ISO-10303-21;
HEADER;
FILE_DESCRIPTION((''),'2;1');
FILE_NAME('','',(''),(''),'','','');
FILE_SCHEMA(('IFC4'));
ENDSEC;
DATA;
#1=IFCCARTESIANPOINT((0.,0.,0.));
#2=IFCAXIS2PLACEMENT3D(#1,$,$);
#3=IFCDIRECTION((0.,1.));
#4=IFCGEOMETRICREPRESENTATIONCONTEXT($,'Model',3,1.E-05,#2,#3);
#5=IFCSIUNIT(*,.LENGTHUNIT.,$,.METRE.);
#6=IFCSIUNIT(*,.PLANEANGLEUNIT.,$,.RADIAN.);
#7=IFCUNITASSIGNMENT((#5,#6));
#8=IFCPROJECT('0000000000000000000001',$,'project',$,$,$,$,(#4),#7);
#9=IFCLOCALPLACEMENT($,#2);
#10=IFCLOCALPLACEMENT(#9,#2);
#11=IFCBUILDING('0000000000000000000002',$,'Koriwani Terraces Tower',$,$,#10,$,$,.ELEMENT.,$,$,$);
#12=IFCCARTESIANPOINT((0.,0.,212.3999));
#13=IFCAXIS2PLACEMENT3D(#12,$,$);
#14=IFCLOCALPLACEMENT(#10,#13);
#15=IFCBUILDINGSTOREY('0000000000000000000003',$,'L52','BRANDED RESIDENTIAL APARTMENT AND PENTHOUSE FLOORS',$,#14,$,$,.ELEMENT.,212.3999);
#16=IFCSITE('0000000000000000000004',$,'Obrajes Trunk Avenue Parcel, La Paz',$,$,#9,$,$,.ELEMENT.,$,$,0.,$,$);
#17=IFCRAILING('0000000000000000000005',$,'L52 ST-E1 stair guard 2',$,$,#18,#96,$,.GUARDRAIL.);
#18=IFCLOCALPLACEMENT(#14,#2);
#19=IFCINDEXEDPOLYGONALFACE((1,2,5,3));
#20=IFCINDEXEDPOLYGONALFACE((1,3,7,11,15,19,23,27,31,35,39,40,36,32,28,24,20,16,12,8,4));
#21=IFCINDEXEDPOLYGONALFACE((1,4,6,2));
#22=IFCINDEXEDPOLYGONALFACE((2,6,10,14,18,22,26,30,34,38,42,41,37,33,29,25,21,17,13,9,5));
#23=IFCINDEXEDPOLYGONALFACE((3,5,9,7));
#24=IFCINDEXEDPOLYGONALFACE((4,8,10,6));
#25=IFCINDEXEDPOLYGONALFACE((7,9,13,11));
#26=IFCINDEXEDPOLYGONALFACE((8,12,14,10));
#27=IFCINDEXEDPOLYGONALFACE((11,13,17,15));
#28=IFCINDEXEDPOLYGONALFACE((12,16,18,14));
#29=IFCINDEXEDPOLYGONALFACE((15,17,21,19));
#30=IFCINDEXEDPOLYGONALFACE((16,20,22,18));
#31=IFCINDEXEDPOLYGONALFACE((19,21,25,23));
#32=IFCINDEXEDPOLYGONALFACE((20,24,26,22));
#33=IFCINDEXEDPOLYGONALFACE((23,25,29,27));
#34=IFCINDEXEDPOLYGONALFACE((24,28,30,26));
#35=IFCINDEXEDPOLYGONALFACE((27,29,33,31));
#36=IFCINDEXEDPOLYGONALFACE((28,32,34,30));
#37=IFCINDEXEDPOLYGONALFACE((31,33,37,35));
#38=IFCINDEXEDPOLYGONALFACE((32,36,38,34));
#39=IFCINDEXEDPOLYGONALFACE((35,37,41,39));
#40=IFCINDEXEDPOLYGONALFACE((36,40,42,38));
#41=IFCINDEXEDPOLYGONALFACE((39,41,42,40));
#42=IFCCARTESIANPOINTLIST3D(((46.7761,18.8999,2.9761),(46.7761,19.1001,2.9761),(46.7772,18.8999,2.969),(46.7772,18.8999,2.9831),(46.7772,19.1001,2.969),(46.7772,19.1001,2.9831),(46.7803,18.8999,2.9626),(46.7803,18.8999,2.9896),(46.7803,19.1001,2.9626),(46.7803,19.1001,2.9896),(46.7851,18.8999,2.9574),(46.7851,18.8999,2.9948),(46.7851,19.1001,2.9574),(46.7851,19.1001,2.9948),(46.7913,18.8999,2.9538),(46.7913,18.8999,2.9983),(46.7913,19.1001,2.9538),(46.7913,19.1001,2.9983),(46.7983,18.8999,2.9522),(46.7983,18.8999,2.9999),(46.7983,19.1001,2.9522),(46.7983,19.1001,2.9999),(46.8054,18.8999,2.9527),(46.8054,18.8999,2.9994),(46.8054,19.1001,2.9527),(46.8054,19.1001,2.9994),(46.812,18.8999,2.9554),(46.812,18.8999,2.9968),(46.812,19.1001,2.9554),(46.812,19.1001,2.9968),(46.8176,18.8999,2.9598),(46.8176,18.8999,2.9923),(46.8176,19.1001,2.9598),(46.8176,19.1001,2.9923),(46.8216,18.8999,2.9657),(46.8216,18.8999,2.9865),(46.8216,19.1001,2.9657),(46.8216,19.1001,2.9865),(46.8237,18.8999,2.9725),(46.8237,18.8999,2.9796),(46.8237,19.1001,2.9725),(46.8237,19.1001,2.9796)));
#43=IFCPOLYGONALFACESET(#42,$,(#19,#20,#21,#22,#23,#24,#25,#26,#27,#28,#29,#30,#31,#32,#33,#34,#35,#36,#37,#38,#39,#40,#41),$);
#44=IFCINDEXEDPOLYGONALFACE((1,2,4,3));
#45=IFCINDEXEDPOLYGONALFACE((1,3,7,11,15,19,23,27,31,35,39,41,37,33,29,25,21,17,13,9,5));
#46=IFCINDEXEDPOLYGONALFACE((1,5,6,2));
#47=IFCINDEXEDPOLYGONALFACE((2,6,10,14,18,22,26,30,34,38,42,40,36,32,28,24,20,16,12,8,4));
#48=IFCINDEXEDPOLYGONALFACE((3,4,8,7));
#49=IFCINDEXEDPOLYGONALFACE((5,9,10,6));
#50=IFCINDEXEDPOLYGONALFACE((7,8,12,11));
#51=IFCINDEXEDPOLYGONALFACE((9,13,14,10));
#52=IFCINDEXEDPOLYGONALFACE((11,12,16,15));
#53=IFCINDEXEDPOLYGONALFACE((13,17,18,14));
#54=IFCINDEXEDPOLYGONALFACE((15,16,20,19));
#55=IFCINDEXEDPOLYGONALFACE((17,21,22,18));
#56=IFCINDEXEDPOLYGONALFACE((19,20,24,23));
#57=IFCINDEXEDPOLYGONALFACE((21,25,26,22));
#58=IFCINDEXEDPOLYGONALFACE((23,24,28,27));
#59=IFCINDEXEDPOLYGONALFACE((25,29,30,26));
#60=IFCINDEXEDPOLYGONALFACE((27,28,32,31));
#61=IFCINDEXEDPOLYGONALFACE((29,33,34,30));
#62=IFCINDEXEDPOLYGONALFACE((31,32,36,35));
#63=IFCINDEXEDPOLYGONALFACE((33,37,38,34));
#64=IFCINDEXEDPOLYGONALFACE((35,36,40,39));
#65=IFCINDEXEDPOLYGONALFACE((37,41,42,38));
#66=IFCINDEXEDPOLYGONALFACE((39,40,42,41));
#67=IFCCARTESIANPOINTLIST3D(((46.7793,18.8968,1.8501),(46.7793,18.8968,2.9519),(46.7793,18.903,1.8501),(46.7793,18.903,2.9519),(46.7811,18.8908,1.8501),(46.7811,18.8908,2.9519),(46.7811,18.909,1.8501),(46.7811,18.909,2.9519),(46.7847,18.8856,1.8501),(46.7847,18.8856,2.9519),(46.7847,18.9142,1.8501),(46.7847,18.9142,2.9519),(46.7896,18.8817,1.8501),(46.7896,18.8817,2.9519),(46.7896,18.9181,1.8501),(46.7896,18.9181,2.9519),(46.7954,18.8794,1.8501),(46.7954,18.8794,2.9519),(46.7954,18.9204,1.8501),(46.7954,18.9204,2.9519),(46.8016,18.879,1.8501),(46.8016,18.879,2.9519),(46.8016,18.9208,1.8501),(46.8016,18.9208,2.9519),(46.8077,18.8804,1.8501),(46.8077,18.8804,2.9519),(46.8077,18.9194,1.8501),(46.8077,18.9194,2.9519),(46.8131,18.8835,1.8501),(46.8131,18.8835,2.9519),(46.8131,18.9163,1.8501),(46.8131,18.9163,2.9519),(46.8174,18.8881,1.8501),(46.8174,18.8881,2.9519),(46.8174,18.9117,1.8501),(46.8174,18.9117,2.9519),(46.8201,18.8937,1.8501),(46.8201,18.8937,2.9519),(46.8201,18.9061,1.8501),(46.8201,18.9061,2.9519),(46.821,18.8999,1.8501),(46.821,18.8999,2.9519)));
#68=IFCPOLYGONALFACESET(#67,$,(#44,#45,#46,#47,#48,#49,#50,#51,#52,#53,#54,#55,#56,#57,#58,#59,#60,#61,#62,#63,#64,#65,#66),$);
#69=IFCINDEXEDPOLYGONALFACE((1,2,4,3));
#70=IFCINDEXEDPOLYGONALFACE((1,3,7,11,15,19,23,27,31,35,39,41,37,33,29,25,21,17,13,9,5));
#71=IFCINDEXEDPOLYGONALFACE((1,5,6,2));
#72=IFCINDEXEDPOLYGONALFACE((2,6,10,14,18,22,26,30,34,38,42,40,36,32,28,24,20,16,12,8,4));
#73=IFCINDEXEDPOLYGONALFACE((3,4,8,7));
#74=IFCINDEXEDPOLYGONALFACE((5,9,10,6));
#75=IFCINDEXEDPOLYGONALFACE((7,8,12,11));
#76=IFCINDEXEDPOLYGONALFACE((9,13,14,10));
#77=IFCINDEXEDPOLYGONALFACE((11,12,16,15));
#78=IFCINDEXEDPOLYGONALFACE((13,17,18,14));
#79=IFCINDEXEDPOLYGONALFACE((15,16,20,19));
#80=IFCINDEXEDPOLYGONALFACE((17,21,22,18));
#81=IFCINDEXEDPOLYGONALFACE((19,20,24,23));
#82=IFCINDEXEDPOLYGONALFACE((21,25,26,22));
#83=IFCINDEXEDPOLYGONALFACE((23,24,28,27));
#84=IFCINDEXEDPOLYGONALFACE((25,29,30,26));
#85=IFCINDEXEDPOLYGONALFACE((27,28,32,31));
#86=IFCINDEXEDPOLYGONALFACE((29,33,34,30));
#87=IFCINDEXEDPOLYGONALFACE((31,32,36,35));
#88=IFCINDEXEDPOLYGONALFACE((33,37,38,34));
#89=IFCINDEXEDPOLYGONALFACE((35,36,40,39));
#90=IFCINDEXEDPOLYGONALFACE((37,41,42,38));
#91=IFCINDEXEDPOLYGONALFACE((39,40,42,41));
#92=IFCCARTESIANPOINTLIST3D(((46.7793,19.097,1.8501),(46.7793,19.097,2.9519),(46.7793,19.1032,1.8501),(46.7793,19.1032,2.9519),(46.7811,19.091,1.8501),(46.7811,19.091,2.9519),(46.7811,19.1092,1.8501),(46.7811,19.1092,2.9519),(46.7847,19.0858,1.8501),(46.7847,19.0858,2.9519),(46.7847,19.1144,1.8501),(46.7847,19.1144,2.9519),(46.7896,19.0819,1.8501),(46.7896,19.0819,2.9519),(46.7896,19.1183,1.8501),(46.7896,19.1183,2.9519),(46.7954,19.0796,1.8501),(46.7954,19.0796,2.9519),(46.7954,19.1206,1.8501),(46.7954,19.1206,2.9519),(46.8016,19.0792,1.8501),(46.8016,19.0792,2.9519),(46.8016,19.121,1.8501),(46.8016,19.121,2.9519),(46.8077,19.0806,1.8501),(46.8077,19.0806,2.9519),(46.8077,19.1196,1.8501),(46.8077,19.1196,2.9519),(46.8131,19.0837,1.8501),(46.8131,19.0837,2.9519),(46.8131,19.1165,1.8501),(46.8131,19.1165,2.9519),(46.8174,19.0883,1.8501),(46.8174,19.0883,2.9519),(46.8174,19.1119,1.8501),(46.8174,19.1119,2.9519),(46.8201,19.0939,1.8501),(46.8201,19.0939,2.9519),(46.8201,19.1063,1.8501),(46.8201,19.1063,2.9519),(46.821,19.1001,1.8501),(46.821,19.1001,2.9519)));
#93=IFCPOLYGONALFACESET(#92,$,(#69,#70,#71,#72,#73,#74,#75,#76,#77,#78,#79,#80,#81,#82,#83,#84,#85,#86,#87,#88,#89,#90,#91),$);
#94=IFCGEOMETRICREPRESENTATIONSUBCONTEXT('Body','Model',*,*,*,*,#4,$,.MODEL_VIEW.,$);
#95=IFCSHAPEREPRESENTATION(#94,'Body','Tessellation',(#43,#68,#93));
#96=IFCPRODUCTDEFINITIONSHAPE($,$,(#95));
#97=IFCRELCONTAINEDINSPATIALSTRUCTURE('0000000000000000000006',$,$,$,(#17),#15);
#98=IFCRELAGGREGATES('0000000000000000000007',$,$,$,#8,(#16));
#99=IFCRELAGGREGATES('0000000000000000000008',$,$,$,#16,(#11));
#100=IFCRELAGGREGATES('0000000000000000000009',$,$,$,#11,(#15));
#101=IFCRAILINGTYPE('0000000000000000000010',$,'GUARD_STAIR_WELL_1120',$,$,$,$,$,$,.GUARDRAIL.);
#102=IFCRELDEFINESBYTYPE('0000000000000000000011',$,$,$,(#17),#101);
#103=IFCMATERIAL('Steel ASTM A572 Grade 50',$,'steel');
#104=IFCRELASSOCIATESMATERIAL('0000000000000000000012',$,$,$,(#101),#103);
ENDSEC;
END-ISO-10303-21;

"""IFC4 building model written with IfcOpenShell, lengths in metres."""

from ifc_helpers import new_model, si_unit, direction, frame, origin, origin_2d, place, context, subcontext, project, spatial, circle, extrude, material, type_object, element, save


model = new_model("IFC4")

# Units and contexts
model_context = context("Model", 3, precision=1e-05, world=origin(), true_north=direction((0.0, 1.0)))
body_context = subcontext(model_context, "Body", "Model", "MODEL_VIEW")
ifc_project = project(units=[si_unit("LENGTHUNIT", "METRE"), si_unit("PLANEANGLEUNIT", "RADIAN")], contexts=[model_context])

# Site, building, storey
site_placement = place(None, origin())
site = spatial("IfcSite", under=ifc_project, at=site_placement, Name="Obrajes Trunk Avenue Parcel, La Paz", CompositionType="ELEMENT", RefElevation=0.0)
building_placement = place(site_placement, origin())
building = spatial("IfcBuilding", under=site, at=building_placement, Name="Koriwani Terraces Tower", CompositionType="ELEMENT")
storey_placement = place(building_placement, frame((0.0, 0.0, 212.3999)))
storey = spatial("IfcBuildingStorey", under=building, at=storey_placement, Name="L52", Description="BRANDED RESIDENTIAL APARTMENT AND PENTHOUSE FLOORS", CompositionType="ELEMENT", Elevation=212.3999)

# Shared definitions
ifc_material_1 = material(Name="Steel ASTM A572 Grade 50", Category="steel")

# Railing
railing_type_1 = type_object("IfcRailingType", Name="GUARD_STAIR_WELL_1120", PredefinedType="GUARDRAIL", material=ifc_material_1)
railing_1_placement = place(storey_placement, frame((46.8, 18.8999, 1.8501)))
element("IfcRailing", 1, at=railing_1_placement, inside=storey, type_object=railing_type_1, Name="L52 ST-E1 stair guard 2", PredefinedType="GUARDRAIL", context=body_context, shape_type="SweptSolid", body=[
    extrude(circle(Radius=0.0239, at=origin_2d()), frame((0.0, 0.0, 1.126), z_axis=(0.0, 1.0, 0.0), x_axis=(-1.0, 0.0, 0.0)), (0.0, 0.0, 1.0), 0.2002),
    extrude(circle(Radius=0.021, at=origin_2d()), origin(), (0.0, 0.0, 1.0), 1.1018),
    extrude(circle(Radius=0.021, at=origin_2d()), frame((0.0, 0.2002, 0.0)), (0.0, 0.0, 1.0), 1.1018),
])

save(model, "model.ifc")
